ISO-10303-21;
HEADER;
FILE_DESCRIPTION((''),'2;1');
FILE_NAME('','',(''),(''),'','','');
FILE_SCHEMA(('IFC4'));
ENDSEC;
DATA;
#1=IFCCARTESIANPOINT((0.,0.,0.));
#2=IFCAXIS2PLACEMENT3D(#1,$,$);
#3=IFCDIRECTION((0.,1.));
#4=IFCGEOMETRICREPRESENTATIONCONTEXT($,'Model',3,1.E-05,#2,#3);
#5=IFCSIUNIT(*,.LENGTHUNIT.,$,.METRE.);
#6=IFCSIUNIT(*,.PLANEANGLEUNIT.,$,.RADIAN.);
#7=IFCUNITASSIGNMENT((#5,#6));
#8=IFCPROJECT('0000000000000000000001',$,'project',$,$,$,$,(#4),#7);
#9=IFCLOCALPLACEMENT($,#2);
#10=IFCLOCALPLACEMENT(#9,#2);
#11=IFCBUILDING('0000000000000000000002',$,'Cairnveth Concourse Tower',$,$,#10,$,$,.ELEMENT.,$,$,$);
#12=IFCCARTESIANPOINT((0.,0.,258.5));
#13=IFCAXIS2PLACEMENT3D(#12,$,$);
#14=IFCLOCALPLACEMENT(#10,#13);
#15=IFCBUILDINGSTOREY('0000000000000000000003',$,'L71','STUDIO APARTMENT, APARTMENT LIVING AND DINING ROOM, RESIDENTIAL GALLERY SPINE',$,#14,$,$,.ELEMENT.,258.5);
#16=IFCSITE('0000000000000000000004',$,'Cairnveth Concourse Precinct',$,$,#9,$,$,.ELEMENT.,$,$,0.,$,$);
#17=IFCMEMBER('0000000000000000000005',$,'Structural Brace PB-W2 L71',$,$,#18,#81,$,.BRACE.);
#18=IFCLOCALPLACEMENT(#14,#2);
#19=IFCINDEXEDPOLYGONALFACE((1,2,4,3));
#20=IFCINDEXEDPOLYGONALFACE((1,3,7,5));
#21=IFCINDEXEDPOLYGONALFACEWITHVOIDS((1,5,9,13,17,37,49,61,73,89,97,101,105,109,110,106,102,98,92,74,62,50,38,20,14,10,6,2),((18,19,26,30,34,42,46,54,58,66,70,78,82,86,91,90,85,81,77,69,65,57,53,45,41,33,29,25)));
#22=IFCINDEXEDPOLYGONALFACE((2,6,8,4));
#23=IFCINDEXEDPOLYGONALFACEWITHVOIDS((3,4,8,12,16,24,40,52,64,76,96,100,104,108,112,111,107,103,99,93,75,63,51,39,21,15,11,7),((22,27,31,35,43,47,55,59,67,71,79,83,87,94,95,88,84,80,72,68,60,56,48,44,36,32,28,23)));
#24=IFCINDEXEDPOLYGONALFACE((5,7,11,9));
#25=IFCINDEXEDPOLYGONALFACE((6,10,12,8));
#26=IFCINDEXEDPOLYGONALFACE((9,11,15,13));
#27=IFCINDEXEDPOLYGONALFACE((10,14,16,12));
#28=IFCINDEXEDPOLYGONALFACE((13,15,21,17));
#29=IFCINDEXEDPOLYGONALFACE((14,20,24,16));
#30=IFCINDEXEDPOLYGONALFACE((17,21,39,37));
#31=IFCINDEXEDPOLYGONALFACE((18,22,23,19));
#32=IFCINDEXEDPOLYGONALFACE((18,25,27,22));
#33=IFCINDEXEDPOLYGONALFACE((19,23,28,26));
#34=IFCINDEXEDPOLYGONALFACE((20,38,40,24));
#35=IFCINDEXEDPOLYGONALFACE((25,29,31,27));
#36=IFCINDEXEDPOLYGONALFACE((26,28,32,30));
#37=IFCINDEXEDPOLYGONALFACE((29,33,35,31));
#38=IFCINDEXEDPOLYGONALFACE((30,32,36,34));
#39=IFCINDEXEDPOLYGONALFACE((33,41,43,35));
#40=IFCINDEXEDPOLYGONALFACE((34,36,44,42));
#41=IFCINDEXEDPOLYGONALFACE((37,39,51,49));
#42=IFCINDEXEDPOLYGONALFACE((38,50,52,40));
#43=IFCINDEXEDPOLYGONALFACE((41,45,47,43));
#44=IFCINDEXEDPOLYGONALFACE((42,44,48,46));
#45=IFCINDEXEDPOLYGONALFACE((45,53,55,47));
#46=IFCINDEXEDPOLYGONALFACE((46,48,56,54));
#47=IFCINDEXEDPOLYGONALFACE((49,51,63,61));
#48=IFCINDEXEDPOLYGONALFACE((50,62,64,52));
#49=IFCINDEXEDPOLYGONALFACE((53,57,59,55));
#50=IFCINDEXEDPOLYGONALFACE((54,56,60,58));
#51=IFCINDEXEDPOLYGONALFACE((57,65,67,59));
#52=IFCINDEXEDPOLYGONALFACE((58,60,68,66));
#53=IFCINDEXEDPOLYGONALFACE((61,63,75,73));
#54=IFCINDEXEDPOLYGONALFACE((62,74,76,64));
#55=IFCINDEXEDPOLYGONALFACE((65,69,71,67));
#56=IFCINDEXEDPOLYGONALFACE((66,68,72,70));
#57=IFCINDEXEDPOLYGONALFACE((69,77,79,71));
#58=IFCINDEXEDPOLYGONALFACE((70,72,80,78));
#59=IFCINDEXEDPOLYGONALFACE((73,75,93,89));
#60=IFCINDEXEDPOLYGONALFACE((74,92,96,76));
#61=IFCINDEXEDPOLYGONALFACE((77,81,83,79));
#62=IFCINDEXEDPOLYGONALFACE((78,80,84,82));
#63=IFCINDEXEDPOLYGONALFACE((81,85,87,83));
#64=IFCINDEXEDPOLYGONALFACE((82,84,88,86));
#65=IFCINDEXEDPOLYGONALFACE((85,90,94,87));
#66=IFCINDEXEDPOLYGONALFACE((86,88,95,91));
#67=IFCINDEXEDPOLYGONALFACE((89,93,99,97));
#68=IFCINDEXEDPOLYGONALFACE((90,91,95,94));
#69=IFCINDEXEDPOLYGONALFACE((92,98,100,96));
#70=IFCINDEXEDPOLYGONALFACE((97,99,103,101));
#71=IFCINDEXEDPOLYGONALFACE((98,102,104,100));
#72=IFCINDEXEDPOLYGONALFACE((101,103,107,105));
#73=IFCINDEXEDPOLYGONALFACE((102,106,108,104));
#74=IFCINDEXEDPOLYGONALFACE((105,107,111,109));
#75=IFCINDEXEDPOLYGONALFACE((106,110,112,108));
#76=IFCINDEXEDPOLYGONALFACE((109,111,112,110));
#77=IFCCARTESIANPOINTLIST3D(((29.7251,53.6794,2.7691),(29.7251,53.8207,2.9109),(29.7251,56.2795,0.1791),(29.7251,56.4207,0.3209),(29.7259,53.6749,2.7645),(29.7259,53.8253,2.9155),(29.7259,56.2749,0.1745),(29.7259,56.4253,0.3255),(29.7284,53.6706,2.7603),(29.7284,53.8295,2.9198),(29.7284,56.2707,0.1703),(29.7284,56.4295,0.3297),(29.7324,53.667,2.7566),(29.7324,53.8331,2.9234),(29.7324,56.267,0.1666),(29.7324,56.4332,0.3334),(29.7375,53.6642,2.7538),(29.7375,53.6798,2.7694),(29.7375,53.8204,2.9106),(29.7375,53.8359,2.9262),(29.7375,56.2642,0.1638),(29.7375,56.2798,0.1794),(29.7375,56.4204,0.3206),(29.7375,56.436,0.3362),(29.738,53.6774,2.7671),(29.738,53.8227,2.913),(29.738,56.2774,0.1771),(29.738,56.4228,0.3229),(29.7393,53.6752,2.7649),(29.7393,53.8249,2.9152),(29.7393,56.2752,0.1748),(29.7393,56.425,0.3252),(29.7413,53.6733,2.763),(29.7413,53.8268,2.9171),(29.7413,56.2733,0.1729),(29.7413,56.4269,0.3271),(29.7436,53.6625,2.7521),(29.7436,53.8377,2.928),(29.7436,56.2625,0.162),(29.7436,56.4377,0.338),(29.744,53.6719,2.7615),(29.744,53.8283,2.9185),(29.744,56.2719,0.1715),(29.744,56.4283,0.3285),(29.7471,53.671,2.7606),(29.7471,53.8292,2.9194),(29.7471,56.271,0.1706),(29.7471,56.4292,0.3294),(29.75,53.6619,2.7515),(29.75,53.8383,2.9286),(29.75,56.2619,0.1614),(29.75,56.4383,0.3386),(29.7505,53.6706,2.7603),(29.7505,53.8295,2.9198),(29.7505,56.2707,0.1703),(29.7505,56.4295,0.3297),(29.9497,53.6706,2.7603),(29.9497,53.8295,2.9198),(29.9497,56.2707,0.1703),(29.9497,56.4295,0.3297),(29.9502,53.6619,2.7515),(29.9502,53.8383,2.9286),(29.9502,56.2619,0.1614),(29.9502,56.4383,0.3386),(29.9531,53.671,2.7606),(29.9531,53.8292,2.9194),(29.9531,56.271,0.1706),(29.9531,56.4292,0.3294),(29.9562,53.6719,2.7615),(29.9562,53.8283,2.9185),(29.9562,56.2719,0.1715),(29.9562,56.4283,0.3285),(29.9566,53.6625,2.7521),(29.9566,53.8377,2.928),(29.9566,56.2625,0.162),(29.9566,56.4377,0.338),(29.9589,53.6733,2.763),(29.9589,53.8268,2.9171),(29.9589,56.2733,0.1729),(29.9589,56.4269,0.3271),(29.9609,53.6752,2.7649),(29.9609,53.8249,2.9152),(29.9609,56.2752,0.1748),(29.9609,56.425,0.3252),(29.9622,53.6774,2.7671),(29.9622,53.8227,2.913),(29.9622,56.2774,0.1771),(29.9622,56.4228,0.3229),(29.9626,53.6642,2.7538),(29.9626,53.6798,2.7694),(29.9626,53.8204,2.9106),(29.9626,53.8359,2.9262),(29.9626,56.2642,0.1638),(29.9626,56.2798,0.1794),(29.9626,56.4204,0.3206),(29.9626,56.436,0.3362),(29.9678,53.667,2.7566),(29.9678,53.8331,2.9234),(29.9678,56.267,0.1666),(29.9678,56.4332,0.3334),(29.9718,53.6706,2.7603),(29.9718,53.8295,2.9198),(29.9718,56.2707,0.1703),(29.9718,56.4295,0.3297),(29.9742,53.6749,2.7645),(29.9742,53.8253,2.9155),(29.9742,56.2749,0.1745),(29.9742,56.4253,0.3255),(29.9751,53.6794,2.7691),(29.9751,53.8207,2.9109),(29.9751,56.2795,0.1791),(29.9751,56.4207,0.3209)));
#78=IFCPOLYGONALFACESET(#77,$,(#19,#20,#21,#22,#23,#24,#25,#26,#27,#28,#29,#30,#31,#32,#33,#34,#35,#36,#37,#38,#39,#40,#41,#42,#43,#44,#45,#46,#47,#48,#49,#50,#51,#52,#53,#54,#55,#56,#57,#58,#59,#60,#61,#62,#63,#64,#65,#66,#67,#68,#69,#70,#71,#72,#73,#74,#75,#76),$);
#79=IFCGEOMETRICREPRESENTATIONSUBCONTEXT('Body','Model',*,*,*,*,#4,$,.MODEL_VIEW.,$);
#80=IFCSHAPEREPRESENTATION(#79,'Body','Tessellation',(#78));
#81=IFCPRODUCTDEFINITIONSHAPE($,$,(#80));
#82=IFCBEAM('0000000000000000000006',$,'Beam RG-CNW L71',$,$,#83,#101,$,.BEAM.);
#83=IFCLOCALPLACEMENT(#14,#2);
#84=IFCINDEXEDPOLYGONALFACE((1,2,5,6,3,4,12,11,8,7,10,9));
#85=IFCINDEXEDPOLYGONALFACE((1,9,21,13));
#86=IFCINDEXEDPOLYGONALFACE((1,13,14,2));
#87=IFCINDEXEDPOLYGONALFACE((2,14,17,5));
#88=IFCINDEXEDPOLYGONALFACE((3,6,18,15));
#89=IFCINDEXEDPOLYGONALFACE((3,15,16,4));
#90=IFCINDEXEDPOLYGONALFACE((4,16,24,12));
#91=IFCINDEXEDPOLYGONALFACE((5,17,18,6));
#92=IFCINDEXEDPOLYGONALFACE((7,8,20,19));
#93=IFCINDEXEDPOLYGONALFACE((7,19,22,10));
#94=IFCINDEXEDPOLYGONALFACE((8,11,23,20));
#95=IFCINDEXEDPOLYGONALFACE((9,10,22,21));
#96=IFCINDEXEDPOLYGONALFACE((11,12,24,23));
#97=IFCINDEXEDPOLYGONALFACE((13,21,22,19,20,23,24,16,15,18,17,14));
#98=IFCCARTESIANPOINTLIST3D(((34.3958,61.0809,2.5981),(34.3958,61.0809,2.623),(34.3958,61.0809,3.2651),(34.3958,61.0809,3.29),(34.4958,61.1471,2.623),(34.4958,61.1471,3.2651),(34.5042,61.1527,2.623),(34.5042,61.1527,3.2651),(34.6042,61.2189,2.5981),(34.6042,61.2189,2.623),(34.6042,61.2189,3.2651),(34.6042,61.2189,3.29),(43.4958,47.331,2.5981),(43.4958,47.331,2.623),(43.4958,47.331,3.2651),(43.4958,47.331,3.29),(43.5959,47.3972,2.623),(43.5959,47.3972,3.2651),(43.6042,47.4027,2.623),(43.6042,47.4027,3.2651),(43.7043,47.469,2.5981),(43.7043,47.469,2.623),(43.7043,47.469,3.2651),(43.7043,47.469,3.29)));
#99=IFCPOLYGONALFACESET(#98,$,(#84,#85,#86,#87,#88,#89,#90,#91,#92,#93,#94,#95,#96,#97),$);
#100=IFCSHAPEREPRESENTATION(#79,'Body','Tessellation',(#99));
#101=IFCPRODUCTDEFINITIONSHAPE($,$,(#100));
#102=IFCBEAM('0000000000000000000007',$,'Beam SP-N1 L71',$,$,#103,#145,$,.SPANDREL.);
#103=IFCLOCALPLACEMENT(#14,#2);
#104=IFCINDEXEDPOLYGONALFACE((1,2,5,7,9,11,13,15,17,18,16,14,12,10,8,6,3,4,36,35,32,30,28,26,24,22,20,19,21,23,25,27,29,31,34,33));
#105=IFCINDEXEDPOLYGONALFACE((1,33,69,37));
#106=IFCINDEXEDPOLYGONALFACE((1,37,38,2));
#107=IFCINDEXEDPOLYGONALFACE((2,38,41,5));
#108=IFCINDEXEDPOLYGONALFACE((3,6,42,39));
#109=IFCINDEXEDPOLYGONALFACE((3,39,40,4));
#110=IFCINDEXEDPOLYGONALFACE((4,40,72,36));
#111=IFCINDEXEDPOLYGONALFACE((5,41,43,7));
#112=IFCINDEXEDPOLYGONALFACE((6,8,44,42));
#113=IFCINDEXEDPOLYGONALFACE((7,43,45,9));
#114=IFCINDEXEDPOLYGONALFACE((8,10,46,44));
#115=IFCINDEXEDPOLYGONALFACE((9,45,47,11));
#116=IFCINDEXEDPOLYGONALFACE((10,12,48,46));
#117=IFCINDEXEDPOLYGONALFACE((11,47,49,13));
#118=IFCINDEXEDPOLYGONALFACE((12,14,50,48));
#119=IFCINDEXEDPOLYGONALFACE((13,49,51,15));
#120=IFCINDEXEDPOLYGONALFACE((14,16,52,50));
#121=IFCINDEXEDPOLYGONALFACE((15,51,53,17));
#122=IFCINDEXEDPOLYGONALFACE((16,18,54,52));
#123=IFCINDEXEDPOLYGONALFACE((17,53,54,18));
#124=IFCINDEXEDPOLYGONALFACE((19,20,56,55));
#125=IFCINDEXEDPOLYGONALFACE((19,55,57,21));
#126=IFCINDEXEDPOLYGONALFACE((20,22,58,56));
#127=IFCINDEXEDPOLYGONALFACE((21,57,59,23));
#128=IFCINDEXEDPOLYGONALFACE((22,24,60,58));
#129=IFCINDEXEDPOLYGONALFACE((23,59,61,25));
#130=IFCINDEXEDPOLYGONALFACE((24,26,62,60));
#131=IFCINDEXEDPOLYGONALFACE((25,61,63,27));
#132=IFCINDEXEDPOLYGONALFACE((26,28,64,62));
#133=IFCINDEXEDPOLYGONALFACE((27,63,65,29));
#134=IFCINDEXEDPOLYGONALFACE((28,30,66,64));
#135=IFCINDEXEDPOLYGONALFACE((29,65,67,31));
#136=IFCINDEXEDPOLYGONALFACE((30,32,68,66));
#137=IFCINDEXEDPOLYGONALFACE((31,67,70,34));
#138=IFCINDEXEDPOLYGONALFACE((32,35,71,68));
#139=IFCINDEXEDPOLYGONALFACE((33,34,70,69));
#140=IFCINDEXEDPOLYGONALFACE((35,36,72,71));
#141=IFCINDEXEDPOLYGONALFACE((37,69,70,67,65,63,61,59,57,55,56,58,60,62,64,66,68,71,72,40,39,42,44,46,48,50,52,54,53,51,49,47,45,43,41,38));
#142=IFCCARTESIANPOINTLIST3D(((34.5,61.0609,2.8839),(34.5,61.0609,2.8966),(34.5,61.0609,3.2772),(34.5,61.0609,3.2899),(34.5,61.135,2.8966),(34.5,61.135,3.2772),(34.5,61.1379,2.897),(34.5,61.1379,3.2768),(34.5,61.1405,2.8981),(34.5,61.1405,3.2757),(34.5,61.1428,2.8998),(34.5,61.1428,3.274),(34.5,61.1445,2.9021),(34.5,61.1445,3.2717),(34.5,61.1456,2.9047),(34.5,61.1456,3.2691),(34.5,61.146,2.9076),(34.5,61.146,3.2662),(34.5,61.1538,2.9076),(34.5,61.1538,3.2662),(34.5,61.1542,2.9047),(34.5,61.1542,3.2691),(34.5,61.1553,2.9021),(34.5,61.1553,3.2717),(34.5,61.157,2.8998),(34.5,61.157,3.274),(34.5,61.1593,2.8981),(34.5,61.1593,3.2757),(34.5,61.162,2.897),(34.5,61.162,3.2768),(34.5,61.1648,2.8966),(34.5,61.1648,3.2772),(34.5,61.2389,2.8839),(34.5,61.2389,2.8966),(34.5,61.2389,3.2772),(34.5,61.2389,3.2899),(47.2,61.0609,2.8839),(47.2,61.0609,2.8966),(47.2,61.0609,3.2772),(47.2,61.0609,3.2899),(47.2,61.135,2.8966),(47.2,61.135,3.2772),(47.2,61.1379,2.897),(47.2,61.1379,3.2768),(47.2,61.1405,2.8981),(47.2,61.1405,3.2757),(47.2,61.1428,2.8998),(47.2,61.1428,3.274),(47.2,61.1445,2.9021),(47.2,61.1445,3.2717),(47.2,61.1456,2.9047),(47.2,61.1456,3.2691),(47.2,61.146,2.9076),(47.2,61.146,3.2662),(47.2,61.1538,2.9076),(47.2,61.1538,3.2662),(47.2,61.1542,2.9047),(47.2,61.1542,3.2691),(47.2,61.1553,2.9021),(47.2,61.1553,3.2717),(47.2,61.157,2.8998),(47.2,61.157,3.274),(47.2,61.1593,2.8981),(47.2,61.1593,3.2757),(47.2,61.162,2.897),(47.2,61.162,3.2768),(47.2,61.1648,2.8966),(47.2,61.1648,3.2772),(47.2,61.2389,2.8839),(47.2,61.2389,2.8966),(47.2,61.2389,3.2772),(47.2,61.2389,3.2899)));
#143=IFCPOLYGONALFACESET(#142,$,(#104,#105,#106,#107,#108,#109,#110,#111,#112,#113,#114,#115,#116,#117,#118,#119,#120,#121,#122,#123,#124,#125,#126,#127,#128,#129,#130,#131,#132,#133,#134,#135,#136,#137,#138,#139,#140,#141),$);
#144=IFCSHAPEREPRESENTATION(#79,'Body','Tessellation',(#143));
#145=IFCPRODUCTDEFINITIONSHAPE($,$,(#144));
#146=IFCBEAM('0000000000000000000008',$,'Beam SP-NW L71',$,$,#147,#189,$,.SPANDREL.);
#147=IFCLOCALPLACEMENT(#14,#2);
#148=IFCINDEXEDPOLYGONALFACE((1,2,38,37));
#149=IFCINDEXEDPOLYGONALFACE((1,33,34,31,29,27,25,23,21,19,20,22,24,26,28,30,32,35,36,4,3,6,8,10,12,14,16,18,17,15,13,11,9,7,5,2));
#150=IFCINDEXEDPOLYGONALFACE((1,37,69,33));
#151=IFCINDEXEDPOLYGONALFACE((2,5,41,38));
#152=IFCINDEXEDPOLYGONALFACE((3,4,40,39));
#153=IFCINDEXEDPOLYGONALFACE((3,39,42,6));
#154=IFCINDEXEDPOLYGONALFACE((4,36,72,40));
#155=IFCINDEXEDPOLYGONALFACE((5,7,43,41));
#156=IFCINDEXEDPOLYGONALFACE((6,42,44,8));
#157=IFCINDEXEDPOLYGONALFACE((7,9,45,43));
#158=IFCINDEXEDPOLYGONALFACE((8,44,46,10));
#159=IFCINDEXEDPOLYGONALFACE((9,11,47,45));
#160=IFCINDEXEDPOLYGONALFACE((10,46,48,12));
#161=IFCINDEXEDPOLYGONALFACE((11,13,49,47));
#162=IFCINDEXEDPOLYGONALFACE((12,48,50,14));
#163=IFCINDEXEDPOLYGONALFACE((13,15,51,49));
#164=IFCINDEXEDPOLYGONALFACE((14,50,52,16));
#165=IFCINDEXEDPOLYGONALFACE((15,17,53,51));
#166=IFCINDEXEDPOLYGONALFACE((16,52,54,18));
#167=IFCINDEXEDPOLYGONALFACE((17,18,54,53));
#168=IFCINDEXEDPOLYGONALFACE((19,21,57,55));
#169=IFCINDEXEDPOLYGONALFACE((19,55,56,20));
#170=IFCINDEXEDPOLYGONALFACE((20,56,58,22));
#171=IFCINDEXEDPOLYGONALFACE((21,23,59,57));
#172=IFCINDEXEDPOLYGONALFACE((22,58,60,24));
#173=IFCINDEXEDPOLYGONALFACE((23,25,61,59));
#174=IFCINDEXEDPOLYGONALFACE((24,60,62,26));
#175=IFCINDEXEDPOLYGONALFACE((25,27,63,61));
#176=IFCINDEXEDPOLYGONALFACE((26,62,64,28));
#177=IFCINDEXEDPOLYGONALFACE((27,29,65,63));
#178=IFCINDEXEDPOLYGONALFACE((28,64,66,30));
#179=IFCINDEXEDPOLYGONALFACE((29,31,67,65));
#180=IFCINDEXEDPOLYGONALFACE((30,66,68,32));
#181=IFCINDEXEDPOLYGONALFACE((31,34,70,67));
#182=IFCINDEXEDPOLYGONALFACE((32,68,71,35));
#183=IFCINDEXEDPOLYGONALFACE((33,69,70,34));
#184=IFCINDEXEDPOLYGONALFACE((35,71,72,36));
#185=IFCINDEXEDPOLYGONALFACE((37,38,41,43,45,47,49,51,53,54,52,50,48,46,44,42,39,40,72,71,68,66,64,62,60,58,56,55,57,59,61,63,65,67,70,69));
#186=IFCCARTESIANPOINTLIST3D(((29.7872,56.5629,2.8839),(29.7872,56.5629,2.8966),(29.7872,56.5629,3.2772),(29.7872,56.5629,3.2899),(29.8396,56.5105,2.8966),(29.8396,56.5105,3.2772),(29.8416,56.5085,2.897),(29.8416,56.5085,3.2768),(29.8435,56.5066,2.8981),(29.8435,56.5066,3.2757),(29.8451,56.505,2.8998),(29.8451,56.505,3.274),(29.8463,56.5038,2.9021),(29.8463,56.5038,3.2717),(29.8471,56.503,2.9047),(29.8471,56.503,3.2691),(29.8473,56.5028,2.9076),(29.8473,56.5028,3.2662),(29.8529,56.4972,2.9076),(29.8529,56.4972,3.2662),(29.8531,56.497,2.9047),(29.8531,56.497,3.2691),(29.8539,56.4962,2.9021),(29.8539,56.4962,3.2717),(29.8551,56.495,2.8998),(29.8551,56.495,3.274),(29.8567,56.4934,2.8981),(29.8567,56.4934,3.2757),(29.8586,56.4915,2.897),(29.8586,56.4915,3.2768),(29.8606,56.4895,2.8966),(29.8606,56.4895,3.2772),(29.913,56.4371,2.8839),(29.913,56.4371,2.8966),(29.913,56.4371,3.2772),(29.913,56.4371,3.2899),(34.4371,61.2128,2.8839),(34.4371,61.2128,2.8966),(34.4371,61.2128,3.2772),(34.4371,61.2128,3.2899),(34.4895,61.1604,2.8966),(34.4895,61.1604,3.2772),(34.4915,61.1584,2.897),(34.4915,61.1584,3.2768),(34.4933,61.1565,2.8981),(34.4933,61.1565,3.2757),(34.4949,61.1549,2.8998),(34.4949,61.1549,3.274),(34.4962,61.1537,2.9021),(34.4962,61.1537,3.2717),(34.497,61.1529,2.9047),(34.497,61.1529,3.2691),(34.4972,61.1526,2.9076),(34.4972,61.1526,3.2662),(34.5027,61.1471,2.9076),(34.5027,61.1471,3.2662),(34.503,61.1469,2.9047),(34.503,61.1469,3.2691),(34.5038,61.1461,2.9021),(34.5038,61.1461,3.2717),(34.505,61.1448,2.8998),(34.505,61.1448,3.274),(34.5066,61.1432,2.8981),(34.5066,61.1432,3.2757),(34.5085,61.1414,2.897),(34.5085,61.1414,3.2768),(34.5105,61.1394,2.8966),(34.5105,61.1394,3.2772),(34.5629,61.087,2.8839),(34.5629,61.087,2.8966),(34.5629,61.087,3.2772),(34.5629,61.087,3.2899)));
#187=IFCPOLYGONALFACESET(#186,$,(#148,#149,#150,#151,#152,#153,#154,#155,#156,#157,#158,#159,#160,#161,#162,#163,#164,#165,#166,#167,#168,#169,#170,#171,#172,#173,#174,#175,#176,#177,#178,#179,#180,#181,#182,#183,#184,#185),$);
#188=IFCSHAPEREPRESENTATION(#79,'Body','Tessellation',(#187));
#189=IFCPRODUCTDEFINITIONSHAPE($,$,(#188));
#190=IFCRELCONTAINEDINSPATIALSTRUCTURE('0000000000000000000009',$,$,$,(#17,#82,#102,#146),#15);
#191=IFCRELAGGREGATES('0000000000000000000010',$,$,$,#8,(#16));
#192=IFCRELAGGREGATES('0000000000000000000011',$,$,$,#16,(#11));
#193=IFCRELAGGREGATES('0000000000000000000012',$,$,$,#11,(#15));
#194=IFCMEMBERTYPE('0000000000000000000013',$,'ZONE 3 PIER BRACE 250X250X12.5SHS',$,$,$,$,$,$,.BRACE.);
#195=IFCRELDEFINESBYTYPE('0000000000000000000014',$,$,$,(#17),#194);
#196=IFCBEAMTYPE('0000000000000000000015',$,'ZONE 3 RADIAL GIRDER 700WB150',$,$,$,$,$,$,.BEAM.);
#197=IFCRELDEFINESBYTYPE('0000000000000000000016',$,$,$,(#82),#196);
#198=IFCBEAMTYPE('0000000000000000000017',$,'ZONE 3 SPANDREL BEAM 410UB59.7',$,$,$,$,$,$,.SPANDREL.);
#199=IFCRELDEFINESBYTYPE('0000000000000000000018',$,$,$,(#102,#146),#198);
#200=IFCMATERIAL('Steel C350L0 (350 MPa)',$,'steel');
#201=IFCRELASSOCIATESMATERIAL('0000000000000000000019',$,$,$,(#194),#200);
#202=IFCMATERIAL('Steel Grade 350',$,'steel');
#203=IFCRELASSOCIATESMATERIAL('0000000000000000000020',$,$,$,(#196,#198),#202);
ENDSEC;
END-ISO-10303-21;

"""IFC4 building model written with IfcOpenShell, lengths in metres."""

from ifc_helpers import new_model, si_unit, direction, frame, origin, origin_2d, place, context, subcontext, project, spatial, hollow_rectangle, i_section, extrude, material, material_profile, profile_set, type_object, element, save


model = new_model("IFC4")

# Units and contexts
model_context = context("Model", 3, precision=1e-05, world=origin(), true_north=direction((0.0, 1.0)))
body_context = subcontext(model_context, "Body", "Model", "MODEL_VIEW")
ifc_project = project(units=[si_unit("LENGTHUNIT", "METRE"), si_unit("PLANEANGLEUNIT", "RADIAN")], contexts=[model_context])

# Site, building, storey
site_placement = place(None, origin())
site = spatial("IfcSite", under=ifc_project, at=site_placement, Name="Cairnveth Concourse Precinct", CompositionType="ELEMENT", RefElevation=0.0)
building_placement = place(site_placement, origin())
building = spatial("IfcBuilding", under=site, at=building_placement, Name="Cairnveth Concourse Tower", CompositionType="ELEMENT")
storey_placement = place(building_placement, frame((0.0, 0.0, 258.5)))
storey = spatial("IfcBuildingStorey", under=building, at=storey_placement, Name="L71", Description="STUDIO APARTMENT, APARTMENT LIVING AND DINING ROOM, RESIDENTIAL GALLERY SPINE", CompositionType="ELEMENT", Elevation=258.5)

# Shared definitions
ifc_material_1 = material(Name="Steel Grade 350", Category="steel")

# Member
ifc_material_2 = material(Name="Steel C350L0 (350 MPa)", Category="steel")
ifc_material_profile_1 = material_profile(ifc_material_2, hollow_rectangle(XDim=0.25, YDim=0.25, WallThickness=0.0125, InnerFilletRadius=0.0129, OuterFilletRadius=0.0249, at=origin_2d()), Name="250x250x12.5SHS")
ifc_profile_set_1 = profile_set([ifc_material_profile_1], Name="Steel C350L0 (350 MPa)")
member_type = type_object("IfcMemberType", Name="ZONE 3 PIER BRACE 250X250X12.5SHS", PredefinedType="BRACE", material=ifc_profile_set_1)
member_placement = place(storey_placement, frame((29.8501, 56.3501, 0.25), z_axis=(0.0, -0.708469, 0.705742), x_axis=(1.0, 0.0, 0.0)))
element("IfcMember", 1, at=member_placement, inside=storey, type_object=member_type, Name="Structural Brace PB-W2 L71", PredefinedType="BRACE", context=body_context, shape_type="SweptSolid", body=[
    extrude(hollow_rectangle(XDim=0.25, YDim=0.25, WallThickness=0.0125, InnerFilletRadius=0.0129, OuterFilletRadius=0.0249, at=origin_2d()), origin(), (0.0, 0.0, 1.0), 3.6699),
])

# Beams
ifc_material_profile_2 = material_profile(ifc_material_1, i_section(OverallWidth=0.25, OverallDepth=0.6919, WebThickness=0.01, FlangeThickness=0.0249, at=origin_2d()), Name="700WB150")
ifc_profile_set_2 = profile_set([ifc_material_profile_2], Name="Steel Grade 350")
beam_type_1 = type_object("IfcBeamType", Name="ZONE 3 RADIAL GIRDER 700WB150", PredefinedType="BEAM", material=ifc_profile_set_2)
beam_1_placement = place(storey_placement, frame((34.5, 61.1499, 2.9441), z_axis=(0.551902, -0.833909, 0.0), x_axis=(0.833909, 0.551902, 0.0)))
element("IfcBeam", 2, at=beam_1_placement, inside=storey, type_object=beam_type_1, Name="Beam RG-CNW L71", PredefinedType="BEAM", context=body_context, shape_type="SweptSolid", body=[
    extrude(i_section(OverallWidth=0.25, OverallDepth=0.6919, WebThickness=0.01, FlangeThickness=0.0249, at=origin_2d()), origin(), (0.0, 0.0, 1.0), 16.4885),
])
ifc_material_profile_3 = material_profile(ifc_material_1, i_section(OverallWidth=0.178, OverallDepth=0.406, WebThickness=0.0078, FlangeThickness=0.0127, FilletRadius=0.011, at=origin_2d()), Name="410UB59.7")
ifc_profile_set_3 = profile_set([ifc_material_profile_3], Name="Steel Grade 350")
beam_type_2 = type_object("IfcBeamType", Name="ZONE 3 SPANDREL BEAM 410UB59.7", PredefinedType="SPANDREL", material=ifc_profile_set_3)
beam_2_placement = place(storey_placement, frame((34.5, 61.1499, 3.0869), z_axis=(1.0, 0.0, 0.0), x_axis=(0.0, 1.0, 0.0)))
element("IfcBeam", 3, at=beam_2_placement, inside=storey, type_object=beam_type_2, Name="Beam SP-N1 L71", PredefinedType="SPANDREL", context=body_context, shape_type="SweptSolid", body=[
    extrude(i_section(OverallWidth=0.178, OverallDepth=0.406, WebThickness=0.0078, FlangeThickness=0.0127, FilletRadius=0.011, at=origin_2d()), origin(), (0.0, 0.0, 1.0), 12.7),
])
beam_3_placement = place(storey_placement, frame((29.8501, 56.5, 3.0869), z_axis=(0.707107, 0.707107, 0.0), x_axis=(-0.707107, 0.707107, 0.0)))
element("IfcBeam", 4, at=beam_3_placement, inside=storey, type_object=beam_type_2, Name="Beam SP-NW L71", PredefinedType="SPANDREL", context=body_context, shape_type="SweptSolid", body=[
    extrude(i_section(OverallWidth=0.178, OverallDepth=0.406, WebThickness=0.0078, FlangeThickness=0.0127, FilletRadius=0.011, at=origin_2d()), origin(), (0.0, 0.0, 1.0), 6.5759),
])

save(model, "model.ifc")
